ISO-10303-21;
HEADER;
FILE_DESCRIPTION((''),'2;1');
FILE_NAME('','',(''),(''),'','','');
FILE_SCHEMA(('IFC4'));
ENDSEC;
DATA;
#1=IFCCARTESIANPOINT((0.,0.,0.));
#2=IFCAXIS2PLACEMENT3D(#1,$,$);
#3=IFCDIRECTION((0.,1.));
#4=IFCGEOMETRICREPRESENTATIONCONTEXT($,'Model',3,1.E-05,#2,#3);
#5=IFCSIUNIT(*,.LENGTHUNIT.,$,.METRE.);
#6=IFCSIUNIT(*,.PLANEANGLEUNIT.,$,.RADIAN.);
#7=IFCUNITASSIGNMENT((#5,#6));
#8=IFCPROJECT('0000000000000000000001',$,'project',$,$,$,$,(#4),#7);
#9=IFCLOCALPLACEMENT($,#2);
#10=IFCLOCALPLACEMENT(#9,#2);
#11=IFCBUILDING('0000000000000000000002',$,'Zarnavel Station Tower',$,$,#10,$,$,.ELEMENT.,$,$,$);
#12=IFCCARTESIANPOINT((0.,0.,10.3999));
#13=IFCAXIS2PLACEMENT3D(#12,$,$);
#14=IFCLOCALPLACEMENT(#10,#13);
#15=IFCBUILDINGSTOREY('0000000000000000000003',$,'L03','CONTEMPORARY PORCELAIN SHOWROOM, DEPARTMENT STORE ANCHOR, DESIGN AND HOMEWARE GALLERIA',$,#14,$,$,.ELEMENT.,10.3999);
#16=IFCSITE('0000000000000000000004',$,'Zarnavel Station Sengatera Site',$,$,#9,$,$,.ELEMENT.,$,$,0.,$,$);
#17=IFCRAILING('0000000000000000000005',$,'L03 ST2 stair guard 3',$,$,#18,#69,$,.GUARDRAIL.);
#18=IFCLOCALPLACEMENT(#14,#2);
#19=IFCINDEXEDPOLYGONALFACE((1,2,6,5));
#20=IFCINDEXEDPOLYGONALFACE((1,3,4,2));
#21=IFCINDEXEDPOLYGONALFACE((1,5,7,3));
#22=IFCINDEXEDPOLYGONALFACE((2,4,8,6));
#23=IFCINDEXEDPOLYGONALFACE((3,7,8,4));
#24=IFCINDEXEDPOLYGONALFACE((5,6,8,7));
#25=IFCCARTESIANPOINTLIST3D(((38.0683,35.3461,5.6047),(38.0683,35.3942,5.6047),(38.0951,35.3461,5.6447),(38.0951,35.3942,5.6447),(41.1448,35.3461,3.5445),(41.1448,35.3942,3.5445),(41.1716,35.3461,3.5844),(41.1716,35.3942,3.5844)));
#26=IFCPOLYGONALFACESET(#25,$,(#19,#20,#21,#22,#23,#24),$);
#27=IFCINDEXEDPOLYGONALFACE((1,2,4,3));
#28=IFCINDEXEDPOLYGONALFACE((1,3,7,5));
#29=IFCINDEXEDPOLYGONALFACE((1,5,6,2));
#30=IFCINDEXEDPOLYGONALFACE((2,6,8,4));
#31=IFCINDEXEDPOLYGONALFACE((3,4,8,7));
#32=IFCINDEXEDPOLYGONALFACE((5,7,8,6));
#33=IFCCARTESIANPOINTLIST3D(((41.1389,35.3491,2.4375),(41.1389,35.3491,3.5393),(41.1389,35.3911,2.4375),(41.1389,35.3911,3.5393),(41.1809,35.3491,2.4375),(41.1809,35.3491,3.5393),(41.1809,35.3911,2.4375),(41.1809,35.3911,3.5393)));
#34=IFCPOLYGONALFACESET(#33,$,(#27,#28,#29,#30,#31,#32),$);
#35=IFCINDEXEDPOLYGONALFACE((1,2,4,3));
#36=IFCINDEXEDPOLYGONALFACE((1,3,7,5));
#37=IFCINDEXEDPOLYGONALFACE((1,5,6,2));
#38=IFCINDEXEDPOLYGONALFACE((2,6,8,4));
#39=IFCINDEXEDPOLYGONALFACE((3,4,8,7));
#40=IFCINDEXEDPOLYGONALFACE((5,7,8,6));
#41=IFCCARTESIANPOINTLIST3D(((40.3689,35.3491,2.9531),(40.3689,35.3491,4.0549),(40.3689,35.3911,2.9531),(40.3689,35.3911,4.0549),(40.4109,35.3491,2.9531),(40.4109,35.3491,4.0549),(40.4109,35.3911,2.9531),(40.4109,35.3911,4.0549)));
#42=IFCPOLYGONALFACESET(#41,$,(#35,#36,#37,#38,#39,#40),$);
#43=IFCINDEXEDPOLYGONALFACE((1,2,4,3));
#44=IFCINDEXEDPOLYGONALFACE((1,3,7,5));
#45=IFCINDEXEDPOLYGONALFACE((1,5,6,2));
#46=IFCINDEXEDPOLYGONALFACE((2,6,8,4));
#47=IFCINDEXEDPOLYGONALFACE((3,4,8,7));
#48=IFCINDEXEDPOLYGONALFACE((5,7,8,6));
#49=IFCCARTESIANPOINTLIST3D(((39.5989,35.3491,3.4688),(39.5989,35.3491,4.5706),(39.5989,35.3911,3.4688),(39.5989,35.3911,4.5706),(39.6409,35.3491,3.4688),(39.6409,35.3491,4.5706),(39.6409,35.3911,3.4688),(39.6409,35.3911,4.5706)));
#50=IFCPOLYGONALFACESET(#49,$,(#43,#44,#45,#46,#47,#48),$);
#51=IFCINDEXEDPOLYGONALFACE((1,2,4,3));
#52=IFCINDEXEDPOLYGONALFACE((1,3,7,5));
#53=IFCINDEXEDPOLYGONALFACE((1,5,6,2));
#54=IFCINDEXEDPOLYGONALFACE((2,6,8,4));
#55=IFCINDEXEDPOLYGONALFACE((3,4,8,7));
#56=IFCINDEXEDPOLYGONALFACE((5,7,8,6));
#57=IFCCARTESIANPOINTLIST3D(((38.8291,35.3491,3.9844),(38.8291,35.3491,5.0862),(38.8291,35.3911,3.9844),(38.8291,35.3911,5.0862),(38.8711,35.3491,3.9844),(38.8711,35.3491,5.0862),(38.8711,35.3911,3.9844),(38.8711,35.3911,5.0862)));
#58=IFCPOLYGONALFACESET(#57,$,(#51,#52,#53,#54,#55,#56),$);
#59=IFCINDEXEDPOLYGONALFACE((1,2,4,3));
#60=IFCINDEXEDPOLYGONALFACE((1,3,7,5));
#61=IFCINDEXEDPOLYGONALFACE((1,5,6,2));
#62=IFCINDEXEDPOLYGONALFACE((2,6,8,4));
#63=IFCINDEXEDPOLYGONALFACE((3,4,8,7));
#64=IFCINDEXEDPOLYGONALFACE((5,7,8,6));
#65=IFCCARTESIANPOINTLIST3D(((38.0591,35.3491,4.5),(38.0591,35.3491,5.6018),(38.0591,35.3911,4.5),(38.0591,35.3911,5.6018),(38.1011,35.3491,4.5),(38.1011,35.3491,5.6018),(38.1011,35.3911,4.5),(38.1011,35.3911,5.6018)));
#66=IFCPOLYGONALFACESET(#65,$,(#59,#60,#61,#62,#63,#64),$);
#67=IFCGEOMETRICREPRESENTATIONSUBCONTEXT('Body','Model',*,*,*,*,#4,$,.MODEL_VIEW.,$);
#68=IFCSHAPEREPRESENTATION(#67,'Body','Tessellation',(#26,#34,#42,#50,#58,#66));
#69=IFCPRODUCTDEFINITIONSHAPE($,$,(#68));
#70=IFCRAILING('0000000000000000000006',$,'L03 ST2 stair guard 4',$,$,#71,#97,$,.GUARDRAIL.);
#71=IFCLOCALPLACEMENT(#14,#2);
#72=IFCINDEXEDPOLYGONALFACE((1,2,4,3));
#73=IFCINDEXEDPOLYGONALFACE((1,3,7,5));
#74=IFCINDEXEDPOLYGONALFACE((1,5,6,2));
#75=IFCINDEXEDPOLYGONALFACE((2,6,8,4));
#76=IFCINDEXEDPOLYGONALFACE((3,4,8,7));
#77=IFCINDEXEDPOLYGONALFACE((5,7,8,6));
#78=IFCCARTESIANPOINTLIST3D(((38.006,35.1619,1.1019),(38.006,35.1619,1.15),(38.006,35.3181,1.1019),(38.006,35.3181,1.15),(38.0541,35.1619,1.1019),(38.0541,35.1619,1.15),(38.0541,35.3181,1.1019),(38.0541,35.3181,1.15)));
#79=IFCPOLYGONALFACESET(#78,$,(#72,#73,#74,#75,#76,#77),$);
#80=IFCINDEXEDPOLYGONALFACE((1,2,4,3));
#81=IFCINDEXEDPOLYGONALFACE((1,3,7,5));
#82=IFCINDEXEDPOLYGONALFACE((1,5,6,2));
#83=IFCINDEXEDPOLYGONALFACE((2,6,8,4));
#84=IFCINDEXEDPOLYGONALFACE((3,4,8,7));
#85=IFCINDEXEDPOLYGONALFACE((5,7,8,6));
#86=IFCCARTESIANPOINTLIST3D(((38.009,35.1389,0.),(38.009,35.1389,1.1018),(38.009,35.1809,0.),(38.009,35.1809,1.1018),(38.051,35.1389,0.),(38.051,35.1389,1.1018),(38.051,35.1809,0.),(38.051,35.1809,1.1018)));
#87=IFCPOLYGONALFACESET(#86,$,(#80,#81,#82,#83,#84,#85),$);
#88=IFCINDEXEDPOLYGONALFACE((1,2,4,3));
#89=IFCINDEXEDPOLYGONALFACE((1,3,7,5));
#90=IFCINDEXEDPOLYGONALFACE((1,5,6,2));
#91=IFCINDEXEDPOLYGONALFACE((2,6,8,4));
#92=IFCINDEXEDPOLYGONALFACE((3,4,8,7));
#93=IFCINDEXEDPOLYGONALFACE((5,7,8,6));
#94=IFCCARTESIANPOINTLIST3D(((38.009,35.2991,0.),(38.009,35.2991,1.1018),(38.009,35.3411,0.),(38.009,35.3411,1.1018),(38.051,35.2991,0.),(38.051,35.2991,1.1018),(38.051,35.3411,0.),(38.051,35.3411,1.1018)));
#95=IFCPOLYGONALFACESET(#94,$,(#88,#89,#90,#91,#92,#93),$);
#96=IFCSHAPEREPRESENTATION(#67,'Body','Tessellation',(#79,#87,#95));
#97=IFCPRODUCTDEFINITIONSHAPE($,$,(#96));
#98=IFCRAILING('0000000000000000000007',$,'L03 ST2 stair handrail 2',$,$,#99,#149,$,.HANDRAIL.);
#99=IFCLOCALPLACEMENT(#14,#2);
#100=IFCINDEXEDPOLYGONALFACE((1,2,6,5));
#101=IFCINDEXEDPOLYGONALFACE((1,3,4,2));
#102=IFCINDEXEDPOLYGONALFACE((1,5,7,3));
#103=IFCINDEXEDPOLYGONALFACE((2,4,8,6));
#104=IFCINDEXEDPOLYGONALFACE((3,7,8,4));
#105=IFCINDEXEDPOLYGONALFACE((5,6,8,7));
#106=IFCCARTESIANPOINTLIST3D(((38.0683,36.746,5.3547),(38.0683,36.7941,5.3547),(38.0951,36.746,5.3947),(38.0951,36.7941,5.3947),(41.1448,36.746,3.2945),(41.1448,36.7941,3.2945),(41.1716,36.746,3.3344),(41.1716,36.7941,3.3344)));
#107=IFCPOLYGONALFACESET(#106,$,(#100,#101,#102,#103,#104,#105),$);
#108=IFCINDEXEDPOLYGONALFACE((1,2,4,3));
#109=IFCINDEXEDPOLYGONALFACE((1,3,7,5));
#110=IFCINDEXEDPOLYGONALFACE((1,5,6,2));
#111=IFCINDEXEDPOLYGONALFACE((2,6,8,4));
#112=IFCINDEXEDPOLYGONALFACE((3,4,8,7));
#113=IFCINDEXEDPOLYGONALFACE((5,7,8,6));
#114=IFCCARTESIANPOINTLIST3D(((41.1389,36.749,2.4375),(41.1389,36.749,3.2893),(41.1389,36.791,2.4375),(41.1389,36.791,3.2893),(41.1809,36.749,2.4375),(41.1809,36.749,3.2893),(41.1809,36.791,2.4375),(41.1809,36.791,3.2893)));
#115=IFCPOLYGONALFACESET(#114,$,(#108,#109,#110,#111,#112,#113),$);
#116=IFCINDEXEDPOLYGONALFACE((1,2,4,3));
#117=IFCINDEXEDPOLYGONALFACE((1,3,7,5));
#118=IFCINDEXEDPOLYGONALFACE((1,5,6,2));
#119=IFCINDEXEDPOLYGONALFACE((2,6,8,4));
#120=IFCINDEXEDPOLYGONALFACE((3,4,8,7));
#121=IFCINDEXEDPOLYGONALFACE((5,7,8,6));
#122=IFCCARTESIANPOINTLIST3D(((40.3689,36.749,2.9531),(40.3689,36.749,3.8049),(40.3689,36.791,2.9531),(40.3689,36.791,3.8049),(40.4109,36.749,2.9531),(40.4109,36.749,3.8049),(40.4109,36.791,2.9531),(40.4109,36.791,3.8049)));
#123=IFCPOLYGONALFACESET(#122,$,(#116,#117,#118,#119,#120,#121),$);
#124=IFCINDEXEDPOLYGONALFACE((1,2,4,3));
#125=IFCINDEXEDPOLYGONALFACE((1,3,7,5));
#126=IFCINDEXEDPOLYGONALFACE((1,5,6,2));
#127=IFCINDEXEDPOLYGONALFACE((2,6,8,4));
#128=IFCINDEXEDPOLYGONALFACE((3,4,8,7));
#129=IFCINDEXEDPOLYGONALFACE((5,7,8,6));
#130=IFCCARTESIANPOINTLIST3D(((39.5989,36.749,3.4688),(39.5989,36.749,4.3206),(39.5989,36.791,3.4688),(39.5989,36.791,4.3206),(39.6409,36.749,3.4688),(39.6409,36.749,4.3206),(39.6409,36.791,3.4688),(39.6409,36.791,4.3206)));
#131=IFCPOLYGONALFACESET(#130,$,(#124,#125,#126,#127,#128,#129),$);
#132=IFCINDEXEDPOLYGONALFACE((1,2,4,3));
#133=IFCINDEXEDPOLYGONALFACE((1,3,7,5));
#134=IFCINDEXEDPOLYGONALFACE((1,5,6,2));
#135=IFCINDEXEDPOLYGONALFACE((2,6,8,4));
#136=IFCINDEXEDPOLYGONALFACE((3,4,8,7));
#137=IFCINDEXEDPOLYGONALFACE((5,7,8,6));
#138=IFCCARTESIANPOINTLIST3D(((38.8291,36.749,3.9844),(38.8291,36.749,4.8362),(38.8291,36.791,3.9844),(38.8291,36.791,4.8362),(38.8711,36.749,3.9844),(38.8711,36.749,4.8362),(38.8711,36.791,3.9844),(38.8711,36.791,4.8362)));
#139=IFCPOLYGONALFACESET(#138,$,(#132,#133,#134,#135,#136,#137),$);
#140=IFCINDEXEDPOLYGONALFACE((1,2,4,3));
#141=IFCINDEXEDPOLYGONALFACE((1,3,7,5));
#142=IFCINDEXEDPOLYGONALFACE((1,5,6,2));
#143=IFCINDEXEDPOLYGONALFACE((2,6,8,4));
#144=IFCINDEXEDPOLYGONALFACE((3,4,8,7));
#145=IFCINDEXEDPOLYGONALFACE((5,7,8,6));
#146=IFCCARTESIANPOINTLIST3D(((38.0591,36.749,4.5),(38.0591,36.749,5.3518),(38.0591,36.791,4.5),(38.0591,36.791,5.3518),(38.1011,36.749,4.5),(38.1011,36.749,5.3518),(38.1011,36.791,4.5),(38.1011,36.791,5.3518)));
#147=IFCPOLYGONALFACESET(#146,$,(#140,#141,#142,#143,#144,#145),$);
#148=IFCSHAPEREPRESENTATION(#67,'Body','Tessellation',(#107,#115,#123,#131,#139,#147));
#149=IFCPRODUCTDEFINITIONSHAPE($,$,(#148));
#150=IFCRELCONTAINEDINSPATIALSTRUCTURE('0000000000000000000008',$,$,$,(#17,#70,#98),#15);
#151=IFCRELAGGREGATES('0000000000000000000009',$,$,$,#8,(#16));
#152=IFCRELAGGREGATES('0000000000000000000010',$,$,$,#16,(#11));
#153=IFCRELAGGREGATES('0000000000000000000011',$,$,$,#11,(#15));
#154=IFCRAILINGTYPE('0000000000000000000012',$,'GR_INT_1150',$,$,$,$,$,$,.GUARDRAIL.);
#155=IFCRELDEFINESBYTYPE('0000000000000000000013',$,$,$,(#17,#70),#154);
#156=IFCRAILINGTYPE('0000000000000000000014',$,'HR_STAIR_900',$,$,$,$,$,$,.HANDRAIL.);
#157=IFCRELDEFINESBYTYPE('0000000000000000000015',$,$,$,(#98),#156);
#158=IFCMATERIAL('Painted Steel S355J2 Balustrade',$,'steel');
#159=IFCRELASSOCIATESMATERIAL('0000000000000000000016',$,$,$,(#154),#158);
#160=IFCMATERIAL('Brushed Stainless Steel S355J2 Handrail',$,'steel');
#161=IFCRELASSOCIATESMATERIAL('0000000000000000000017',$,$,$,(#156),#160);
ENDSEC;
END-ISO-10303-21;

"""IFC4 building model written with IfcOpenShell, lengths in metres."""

from ifc_helpers import new_model, si_unit, direction, frame, origin, origin_2d, place, context, subcontext, project, spatial, rectangle, extrude, material, type_object, element, save


model = new_model("IFC4")

# Units and contexts
model_context = context("Model", 3, precision=1e-05, world=origin(), true_north=direction((0.0, 1.0)))
body_context = subcontext(model_context, "Body", "Model", "MODEL_VIEW")
ifc_project = project(units=[si_unit("LENGTHUNIT", "METRE"), si_unit("PLANEANGLEUNIT", "RADIAN")], contexts=[model_context])

# Site, building, storey
site_placement = place(None, origin())
site = spatial("IfcSite", under=ifc_project, at=site_placement, Name="Zarnavel Station Sengatera Site", CompositionType="ELEMENT", RefElevation=0.0)
building_placement = place(site_placement, origin())
building = spatial("IfcBuilding", under=site, at=building_placement, Name="Zarnavel Station Tower", CompositionType="ELEMENT")
storey_placement = place(building_placement, frame((0.0, 0.0, 10.3999)))
storey = spatial("IfcBuildingStorey", under=building, at=storey_placement, Name="L03", Description="CONTEMPORARY PORCELAIN SHOWROOM, DEPARTMENT STORE ANCHOR, DESIGN AND HOMEWARE GALLERIA", CompositionType="ELEMENT", Elevation=10.3999)

# Railings
ifc_material_1 = material(Name="Painted Steel S355J2 Balustrade", Category="steel")
railing_type_1 = type_object("IfcRailingType", Name="GR_INT_1150", PredefinedType="GUARDRAIL", material=ifc_material_1)
railing_1_placement = place(storey_placement, frame((41.1599, 35.3701, 2.4375)))
element("IfcRailing", 1, at=railing_1_placement, inside=storey, type_object=railing_type_1, Name="L03 ST2 stair guard 3", PredefinedType="GUARDRAIL", context=body_context, shape_type="SweptSolid", body=[
    extrude(rectangle(XDim=0.0481, YDim=0.0481, at=origin_2d()), frame((-0.0017, 0.0, 1.127), z_axis=(-0.830893, 0.0, 0.556432), x_axis=(0.0, -1.0, 0.0)), (0.0, 0.0, 1.0), 3.7026),
    extrude(rectangle(XDim=0.042, YDim=0.042, at=origin_2d()), origin(), (0.0, 0.0, 1.0), 1.1018),
    extrude(rectangle(XDim=0.042, YDim=0.042, at=origin_2d()), frame((-0.77, 0.0, 0.5156)), (0.0, 0.0, 1.0), 1.1018),
    extrude(rectangle(XDim=0.042, YDim=0.042, at=origin_2d()), frame((-1.54, 0.0, 1.0312)), (0.0, 0.0, 1.0), 1.1018),
    extrude(rectangle(XDim=0.042, YDim=0.042, at=origin_2d()), frame((-2.3098, 0.0, 1.5469)), (0.0, 0.0, 1.0), 1.1018),
    extrude(rectangle(XDim=0.042, YDim=0.042, at=origin_2d()), frame((-3.0798, 0.0, 2.0625)), (0.0, 0.0, 1.0), 1.1018),
])
railing_2_placement = place(storey_placement, frame((38.03, 35.1599, 0.0)))
element("IfcRailing", 2, at=railing_2_placement, inside=storey, type_object=railing_type_1, Name="L03 ST2 stair guard 4", PredefinedType="GUARDRAIL", context=body_context, shape_type="SweptSolid", body=[
    extrude(rectangle(XDim=0.0481, YDim=0.0481, at=origin_2d()), frame((0.0, 0.002, 1.126), z_axis=(0.0, 1.0, 0.0), x_axis=(-1.0, 0.0, 0.0)), (0.0, 0.0, 1.0), 0.1562),
    extrude(rectangle(XDim=0.042, YDim=0.042, at=origin_2d()), origin(), (0.0, 0.0, 1.0), 1.1018),
    extrude(rectangle(XDim=0.042, YDim=0.042, at=origin_2d()), frame((0.0, 0.1602, 0.0)), (0.0, 0.0, 1.0), 1.1018),
])
ifc_material_2 = material(Name="Brushed Stainless Steel S355J2 Handrail", Category="steel")
railing_type_2 = type_object("IfcRailingType", Name="HR_STAIR_900", PredefinedType="HANDRAIL", material=ifc_material_2)
railing_3_placement = place(storey_placement, frame((41.1599, 36.77, 2.4375)))
element("IfcRailing", 3, at=railing_3_placement, inside=storey, type_object=railing_type_2, Name="L03 ST2 stair handrail 2", PredefinedType="HANDRAIL", context=body_context, shape_type="SweptSolid", body=[
    extrude(rectangle(XDim=0.0481, YDim=0.0481, at=origin_2d()), frame((-0.0017, 0.0, 0.877), z_axis=(-0.830893, 0.0, 0.556432), x_axis=(0.0, -1.0, 0.0)), (0.0, 0.0, 1.0), 3.7026),
    extrude(rectangle(XDim=0.042, YDim=0.042, at=origin_2d()), origin(), (0.0, 0.0, 1.0), 0.8518),
    extrude(rectangle(XDim=0.042, YDim=0.042, at=origin_2d()), frame((-0.77, 0.0, 0.5156)), (0.0, 0.0, 1.0), 0.8518),
    extrude(rectangle(XDim=0.042, YDim=0.042, at=origin_2d()), frame((-1.54, 0.0, 1.0312)), (0.0, 0.0, 1.0), 0.8518),
    extrude(rectangle(XDim=0.042, YDim=0.042, at=origin_2d()), frame((-2.3098, 0.0, 1.5469)), (0.0, 0.0, 1.0), 0.8518),
    extrude(rectangle(XDim=0.042, YDim=0.042, at=origin_2d()), frame((-3.0798, 0.0, 2.0625)), (0.0, 0.0, 1.0), 0.8518),
])

save(model, "model.ifc")
